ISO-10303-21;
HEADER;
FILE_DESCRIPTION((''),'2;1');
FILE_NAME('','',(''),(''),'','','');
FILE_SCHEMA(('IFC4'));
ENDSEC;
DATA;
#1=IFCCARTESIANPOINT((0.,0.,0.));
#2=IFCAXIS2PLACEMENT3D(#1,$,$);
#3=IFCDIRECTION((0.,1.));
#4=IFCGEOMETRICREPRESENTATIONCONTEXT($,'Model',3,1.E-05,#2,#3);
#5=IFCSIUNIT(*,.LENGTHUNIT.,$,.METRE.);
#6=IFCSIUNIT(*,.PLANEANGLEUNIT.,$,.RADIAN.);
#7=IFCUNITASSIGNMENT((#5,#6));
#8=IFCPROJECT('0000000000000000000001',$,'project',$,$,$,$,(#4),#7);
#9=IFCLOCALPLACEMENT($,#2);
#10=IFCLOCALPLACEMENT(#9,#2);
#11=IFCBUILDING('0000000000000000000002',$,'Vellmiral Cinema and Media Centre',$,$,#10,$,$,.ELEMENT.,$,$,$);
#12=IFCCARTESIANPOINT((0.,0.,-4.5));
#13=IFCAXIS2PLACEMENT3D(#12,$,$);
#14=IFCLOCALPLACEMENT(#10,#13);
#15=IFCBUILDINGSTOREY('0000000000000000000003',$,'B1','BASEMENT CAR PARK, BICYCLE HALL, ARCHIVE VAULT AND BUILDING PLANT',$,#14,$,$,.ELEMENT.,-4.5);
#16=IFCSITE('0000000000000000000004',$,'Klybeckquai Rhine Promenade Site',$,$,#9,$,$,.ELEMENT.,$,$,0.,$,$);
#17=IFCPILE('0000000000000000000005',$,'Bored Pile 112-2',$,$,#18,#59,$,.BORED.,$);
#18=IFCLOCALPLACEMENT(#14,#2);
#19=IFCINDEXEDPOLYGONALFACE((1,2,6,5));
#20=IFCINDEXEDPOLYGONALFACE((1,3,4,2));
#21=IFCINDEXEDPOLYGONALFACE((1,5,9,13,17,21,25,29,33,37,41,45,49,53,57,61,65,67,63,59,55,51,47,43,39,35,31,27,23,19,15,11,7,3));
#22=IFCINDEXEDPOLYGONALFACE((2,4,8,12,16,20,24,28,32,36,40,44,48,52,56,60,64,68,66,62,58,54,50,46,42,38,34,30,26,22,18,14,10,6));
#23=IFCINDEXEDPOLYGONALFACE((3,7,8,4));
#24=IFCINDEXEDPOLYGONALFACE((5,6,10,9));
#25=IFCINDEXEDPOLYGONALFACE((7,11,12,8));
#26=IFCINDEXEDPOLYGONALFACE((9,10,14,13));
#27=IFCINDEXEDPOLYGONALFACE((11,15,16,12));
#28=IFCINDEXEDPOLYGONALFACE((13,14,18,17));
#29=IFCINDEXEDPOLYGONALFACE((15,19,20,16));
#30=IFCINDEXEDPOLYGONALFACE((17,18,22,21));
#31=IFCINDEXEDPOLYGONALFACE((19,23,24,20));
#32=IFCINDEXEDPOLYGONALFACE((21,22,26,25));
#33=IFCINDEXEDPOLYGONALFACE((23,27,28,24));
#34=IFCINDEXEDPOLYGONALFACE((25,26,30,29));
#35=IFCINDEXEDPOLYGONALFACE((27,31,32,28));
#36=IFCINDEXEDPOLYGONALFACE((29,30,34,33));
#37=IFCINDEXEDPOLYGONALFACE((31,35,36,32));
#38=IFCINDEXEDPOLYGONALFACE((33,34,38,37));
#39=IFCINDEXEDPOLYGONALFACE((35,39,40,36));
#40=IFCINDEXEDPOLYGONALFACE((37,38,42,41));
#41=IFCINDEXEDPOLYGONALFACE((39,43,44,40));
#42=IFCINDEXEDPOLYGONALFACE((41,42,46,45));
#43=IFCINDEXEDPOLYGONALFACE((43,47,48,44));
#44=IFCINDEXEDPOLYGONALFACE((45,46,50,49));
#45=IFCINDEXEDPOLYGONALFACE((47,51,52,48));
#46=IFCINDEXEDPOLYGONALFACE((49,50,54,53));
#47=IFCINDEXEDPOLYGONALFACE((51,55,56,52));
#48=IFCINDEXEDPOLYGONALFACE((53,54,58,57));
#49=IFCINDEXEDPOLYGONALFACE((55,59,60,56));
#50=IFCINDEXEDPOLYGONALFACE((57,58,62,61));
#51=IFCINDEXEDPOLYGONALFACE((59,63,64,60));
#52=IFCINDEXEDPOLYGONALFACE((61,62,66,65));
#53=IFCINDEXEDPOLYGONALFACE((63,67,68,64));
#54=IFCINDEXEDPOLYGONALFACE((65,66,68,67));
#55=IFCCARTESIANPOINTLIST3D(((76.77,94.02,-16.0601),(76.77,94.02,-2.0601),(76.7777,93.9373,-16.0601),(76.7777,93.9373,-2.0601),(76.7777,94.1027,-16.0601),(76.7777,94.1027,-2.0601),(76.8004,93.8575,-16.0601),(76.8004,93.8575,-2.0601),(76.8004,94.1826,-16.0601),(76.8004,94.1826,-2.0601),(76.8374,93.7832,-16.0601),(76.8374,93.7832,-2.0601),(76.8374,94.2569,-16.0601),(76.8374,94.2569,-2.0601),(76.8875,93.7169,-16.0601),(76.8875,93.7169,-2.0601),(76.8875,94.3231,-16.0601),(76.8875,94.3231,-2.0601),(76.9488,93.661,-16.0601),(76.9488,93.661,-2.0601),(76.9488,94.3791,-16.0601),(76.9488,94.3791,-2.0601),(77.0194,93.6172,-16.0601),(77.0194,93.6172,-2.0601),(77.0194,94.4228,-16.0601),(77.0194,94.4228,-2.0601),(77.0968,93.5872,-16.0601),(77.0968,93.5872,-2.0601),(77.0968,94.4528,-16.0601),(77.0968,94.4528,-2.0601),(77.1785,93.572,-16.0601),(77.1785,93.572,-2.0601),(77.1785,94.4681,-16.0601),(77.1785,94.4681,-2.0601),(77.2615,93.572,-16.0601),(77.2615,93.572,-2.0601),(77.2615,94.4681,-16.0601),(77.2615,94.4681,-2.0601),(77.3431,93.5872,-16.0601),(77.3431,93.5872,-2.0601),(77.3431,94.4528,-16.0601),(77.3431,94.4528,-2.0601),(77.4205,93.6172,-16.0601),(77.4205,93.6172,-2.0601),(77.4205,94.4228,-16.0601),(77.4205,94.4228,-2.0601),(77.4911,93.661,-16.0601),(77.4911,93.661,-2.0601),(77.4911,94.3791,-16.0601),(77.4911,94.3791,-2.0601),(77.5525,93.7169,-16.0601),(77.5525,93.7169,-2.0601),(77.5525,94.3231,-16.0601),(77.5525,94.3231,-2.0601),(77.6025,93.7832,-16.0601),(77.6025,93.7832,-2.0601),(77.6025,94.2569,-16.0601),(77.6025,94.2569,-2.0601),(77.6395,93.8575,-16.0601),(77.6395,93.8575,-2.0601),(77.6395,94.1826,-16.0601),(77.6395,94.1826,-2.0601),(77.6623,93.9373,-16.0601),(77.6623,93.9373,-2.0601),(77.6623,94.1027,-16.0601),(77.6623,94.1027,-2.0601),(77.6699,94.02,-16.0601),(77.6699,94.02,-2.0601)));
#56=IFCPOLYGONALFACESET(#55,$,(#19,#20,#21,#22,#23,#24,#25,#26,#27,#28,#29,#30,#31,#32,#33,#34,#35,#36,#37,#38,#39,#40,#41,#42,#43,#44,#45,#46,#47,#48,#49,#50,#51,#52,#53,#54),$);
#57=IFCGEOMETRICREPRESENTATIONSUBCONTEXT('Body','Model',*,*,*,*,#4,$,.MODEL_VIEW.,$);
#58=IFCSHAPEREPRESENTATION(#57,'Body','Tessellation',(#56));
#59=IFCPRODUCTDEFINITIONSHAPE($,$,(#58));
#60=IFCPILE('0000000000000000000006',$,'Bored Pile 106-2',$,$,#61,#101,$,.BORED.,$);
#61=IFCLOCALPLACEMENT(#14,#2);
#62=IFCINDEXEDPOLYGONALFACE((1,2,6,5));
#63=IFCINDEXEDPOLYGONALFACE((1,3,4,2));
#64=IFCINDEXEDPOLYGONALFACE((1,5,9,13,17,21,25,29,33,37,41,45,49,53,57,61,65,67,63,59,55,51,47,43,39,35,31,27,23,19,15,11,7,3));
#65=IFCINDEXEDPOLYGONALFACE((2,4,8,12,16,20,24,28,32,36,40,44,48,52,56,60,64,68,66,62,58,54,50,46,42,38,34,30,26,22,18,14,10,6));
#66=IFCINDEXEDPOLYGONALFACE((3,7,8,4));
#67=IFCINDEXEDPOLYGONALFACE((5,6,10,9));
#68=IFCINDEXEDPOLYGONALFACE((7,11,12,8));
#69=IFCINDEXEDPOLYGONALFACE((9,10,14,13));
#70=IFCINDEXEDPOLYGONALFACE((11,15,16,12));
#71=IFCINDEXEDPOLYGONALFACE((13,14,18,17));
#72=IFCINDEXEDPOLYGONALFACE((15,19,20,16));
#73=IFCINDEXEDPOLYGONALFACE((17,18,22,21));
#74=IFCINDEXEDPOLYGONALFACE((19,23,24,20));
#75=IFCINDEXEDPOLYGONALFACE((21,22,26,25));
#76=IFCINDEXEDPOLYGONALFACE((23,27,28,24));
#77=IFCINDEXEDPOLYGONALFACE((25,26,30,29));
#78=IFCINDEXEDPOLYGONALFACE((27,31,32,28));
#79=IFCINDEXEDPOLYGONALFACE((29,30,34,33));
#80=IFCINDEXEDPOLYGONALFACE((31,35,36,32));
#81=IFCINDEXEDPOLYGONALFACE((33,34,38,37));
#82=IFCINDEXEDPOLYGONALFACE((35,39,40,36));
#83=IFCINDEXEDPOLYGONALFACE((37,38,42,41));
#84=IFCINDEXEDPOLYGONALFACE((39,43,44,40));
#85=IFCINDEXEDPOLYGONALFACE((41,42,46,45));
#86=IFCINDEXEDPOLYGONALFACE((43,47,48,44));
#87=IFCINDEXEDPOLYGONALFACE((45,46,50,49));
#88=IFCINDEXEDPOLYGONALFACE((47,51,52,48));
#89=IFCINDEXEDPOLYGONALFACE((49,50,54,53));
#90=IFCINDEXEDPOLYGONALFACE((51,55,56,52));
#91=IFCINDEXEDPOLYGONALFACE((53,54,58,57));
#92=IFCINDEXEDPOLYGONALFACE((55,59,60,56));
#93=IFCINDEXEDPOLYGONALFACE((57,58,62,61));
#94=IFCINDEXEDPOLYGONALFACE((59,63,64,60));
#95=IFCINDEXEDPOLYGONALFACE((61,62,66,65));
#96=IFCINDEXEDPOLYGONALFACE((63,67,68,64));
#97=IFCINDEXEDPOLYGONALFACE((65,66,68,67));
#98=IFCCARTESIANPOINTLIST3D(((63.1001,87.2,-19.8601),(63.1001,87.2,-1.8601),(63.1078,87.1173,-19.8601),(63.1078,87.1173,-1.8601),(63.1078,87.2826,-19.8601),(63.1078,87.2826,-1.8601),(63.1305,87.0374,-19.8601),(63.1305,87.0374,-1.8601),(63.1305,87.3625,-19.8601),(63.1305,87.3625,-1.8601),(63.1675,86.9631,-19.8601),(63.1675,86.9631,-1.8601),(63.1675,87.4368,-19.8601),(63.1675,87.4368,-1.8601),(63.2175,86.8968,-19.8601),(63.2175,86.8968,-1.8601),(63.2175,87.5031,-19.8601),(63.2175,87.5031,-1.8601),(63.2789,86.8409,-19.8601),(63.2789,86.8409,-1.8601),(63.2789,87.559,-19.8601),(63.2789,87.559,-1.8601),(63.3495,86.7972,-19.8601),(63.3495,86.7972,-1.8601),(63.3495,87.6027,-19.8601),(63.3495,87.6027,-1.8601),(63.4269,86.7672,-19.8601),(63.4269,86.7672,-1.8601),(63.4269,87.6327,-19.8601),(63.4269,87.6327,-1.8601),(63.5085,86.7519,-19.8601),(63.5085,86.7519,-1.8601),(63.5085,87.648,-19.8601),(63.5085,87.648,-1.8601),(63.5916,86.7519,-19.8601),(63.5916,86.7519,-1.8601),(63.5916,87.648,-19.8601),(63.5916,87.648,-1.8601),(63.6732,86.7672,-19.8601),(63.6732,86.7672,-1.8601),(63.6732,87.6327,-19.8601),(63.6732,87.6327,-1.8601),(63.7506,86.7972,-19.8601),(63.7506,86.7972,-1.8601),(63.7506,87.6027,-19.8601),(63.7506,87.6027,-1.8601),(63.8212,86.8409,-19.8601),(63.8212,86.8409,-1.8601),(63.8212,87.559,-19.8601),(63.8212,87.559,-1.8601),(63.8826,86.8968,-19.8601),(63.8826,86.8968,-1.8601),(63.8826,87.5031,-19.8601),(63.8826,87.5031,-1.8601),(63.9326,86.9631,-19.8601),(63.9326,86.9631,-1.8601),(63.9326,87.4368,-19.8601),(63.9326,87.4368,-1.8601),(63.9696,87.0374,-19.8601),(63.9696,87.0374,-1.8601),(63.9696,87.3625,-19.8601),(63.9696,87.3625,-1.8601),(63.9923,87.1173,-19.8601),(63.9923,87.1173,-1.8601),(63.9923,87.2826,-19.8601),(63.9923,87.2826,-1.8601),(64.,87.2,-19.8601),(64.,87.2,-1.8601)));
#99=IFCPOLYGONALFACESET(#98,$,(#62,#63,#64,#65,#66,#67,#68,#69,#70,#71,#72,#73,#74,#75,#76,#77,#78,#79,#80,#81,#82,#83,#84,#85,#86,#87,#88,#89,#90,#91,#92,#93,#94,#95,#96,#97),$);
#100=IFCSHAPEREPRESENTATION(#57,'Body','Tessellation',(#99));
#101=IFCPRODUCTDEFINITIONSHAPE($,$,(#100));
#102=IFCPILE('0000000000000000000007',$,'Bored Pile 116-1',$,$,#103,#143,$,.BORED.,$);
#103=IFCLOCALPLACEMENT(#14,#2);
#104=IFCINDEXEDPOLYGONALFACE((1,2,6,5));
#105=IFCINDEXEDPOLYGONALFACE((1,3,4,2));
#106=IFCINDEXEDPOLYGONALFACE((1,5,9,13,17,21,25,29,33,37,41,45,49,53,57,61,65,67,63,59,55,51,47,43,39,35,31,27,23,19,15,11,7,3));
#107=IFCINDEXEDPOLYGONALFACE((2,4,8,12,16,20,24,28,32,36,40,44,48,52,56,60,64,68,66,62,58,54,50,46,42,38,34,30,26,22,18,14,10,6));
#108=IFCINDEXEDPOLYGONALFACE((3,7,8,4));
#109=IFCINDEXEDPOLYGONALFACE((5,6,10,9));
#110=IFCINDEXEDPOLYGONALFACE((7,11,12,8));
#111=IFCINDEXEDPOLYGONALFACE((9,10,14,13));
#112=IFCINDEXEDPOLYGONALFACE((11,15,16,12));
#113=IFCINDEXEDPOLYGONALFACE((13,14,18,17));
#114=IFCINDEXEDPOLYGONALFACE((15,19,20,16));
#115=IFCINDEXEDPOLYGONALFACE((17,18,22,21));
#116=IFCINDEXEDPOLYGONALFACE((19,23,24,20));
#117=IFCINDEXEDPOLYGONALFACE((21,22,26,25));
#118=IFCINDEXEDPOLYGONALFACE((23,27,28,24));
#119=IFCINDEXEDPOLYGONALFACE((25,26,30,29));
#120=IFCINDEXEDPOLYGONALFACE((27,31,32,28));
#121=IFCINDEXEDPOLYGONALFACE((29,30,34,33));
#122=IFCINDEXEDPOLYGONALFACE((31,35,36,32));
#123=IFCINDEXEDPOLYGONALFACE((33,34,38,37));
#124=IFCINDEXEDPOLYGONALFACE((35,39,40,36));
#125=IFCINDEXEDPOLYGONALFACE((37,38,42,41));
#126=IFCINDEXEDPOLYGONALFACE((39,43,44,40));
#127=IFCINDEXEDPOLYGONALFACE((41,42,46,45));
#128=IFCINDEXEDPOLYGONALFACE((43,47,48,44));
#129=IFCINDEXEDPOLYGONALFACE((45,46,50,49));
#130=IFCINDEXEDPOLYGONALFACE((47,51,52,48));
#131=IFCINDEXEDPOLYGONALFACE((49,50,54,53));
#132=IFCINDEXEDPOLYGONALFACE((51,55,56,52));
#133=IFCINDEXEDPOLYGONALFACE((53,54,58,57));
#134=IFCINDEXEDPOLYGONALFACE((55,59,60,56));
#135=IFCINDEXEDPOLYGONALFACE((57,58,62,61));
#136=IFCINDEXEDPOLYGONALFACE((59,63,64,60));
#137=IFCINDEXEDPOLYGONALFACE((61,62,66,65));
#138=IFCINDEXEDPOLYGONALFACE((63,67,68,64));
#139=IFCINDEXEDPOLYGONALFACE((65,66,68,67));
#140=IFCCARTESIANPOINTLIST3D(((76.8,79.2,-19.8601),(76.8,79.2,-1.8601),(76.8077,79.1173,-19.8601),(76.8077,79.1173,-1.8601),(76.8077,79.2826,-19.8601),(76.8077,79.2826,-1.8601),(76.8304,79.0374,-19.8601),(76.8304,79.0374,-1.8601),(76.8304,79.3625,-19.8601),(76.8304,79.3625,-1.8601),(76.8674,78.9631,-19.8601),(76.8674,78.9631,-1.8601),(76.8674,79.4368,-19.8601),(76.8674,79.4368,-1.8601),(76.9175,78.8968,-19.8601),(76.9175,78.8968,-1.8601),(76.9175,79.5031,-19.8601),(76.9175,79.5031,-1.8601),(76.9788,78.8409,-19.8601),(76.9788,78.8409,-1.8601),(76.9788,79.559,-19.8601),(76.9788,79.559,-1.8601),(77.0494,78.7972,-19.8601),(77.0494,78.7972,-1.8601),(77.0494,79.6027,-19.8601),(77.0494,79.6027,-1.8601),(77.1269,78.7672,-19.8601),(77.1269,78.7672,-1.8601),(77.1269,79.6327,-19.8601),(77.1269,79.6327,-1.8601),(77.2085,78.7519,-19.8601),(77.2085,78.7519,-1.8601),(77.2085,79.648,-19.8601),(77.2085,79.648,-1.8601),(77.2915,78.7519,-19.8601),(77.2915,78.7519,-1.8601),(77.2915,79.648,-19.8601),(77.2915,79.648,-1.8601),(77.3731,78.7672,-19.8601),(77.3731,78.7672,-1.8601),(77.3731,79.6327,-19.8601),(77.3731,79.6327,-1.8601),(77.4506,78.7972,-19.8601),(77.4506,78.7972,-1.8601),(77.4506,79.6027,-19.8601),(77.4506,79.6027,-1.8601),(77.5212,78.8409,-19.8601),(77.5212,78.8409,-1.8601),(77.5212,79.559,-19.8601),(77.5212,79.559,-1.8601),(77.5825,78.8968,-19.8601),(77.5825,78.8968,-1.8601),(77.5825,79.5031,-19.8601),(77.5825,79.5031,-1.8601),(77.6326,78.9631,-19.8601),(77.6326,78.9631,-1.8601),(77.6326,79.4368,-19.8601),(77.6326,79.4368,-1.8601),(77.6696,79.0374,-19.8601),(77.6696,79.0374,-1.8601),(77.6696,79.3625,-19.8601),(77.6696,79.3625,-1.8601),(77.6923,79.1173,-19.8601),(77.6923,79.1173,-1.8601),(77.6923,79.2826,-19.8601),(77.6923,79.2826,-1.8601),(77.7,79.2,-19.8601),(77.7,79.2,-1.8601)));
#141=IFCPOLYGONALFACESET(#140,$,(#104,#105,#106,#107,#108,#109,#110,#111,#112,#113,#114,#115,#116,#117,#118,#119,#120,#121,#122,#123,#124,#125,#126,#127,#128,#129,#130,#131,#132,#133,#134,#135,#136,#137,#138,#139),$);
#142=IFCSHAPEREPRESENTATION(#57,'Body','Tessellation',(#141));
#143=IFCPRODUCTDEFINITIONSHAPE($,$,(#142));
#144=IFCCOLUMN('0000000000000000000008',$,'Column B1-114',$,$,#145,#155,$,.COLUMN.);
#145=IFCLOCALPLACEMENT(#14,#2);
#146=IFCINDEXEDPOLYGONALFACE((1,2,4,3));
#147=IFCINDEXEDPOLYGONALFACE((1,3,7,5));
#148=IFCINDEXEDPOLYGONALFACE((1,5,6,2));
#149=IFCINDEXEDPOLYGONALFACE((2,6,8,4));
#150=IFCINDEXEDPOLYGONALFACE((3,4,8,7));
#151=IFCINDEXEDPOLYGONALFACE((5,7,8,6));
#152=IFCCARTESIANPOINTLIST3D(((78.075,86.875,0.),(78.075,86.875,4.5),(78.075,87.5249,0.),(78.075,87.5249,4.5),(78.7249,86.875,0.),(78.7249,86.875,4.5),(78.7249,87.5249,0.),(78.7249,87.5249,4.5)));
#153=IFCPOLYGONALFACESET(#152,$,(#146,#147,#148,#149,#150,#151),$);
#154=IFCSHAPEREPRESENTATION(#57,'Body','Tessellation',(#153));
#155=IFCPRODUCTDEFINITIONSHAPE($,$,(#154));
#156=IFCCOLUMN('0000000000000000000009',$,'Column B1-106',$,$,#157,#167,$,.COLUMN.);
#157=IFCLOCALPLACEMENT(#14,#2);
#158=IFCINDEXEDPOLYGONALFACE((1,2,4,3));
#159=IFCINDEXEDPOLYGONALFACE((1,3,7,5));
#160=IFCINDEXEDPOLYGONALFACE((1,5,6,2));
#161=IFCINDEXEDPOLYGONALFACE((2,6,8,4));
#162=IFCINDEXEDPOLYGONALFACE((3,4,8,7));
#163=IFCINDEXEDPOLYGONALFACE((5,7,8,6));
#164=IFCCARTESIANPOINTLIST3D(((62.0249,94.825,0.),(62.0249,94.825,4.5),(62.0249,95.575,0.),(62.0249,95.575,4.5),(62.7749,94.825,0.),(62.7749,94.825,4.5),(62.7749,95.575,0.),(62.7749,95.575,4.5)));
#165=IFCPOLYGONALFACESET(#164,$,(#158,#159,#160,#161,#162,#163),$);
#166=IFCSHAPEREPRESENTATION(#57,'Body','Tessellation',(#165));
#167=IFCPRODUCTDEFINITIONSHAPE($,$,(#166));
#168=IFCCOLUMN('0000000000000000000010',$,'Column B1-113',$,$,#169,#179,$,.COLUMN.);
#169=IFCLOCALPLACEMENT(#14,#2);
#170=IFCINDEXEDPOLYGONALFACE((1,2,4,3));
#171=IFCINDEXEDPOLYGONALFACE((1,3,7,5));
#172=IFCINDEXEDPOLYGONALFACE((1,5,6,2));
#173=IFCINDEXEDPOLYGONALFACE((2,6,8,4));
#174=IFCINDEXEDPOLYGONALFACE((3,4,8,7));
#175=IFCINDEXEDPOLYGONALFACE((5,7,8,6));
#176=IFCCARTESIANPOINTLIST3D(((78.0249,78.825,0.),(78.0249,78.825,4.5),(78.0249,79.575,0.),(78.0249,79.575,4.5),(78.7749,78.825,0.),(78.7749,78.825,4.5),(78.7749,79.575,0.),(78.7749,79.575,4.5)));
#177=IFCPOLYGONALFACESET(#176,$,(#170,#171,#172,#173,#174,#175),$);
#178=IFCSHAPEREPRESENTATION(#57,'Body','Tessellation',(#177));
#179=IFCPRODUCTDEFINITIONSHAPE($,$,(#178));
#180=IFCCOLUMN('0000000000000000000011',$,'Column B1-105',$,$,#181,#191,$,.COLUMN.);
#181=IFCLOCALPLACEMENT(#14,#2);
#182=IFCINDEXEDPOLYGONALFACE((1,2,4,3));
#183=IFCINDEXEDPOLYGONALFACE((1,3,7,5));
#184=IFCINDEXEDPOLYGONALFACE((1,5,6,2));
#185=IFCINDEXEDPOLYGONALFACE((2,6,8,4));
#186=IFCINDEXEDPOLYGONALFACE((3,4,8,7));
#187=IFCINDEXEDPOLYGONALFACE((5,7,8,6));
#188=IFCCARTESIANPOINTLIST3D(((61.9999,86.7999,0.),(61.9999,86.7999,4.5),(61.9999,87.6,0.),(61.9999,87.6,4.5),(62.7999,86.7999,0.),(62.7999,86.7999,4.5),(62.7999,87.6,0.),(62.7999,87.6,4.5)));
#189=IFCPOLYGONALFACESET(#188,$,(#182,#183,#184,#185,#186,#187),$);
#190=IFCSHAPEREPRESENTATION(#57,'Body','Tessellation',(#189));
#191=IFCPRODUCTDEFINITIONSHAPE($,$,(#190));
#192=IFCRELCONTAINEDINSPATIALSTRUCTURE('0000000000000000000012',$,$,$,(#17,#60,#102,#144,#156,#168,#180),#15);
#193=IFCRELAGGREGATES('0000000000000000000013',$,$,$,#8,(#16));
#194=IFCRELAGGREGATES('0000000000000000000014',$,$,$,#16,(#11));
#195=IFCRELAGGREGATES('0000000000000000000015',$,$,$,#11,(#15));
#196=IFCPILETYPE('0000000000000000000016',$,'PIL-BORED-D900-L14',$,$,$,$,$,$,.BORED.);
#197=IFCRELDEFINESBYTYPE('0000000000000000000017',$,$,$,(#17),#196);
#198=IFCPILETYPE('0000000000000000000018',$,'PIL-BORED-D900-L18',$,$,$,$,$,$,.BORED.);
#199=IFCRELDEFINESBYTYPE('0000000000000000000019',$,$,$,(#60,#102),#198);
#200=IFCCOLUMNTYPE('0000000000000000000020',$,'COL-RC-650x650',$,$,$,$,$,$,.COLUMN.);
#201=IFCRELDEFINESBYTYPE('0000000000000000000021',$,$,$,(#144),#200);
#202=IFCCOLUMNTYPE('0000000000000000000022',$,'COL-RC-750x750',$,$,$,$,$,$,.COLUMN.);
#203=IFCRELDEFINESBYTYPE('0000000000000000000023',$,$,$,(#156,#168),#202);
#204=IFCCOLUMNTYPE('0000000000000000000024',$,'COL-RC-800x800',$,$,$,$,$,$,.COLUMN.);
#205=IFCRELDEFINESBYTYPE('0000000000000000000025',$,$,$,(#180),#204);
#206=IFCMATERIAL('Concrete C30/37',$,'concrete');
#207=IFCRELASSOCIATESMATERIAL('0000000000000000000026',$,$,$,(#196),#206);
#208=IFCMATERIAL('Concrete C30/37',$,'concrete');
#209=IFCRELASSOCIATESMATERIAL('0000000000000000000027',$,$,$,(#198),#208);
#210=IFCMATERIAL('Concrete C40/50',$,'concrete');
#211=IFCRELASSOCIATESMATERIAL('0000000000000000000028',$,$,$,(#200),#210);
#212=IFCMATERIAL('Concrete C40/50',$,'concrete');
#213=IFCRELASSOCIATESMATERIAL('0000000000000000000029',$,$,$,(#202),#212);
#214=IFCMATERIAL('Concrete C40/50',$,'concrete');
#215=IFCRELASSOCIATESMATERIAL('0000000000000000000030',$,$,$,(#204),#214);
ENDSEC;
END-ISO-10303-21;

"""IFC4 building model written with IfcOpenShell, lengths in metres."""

from ifc_helpers import new_model, si_unit, direction, frame, origin, origin_2d, place, context, subcontext, project, spatial, rectangle, circle, extrude, material, material_profile, profile_set, type_object, element, save


model = new_model("IFC4")

# Units and contexts
model_context = context("Model", 3, precision=1e-05, world=origin(), true_north=direction((0.0, 1.0)))
body_context = subcontext(model_context, "Body", "Model", "MODEL_VIEW")
ifc_project = project(units=[si_unit("LENGTHUNIT", "METRE"), si_unit("PLANEANGLEUNIT", "RADIAN")], contexts=[model_context])

# Site, building, storey
site_placement = place(None, origin())
site = spatial("IfcSite", under=ifc_project, at=site_placement, Name="Klybeckquai Rhine Promenade Site", CompositionType="ELEMENT", RefElevation=0.0)
building_placement = place(site_placement, origin())
building = spatial("IfcBuilding", under=site, at=building_placement, Name="Vellmiral Cinema and Media Centre", CompositionType="ELEMENT")
storey_placement = place(building_placement, frame((0.0, 0.0, -4.5)))
storey = spatial("IfcBuildingStorey", under=building, at=storey_placement, Name="B1", Description="BASEMENT CAR PARK, BICYCLE HALL, ARCHIVE VAULT AND BUILDING PLANT", CompositionType="ELEMENT", Elevation=-4.5)

# Piles
ifc_material_1 = material(Name="Concrete C30/37", Category="concrete")
ifc_material_profile_1 = material_profile(ifc_material_1, circle(Radius=0.45, at=origin_2d()), Name="PILE D900")
ifc_profile_set_1 = profile_set([ifc_material_profile_1], Name="Concrete C30/37")
pile_type_1 = type_object("IfcPileType", Name="PIL-BORED-D900-L14", PredefinedType="BORED", material=ifc_profile_set_1)
pile_placement = place(storey_placement, frame((77.22, 94.02, -2.0601), z_axis=(0.0, 0.0, -1.0), x_axis=(1.0, 0.0, 0.0)))
element("IfcPile", 1, at=pile_placement, inside=storey, type_object=pile_type_1, Name="Bored Pile 112-2", PredefinedType="BORED", context=body_context, shape_type="SweptSolid", body=[
    extrude(circle(Radius=0.45, at=origin_2d()), origin(), (0.0, 0.0, 1.0), 14.0),
])
ifc_material_2 = material(Name="Concrete C30/37", Category="concrete")
ifc_material_profile_2 = material_profile(ifc_material_2, circle(Radius=0.45, at=origin_2d()), Name="PILE D900")
ifc_profile_set_2 = profile_set([ifc_material_profile_2], Name="Concrete C30/37")
pile_type_2 = type_object("IfcPileType", Name="PIL-BORED-D900-L18", PredefinedType="BORED", material=ifc_profile_set_2)
for number, where, z_axis, x_axis, name in (
    (2, (63.55, 87.2, -1.8601), (0.0, 0.0, -1.0), (1.0, 0.0, 0.0), "Bored Pile 106-2"),
    (3, (77.25, 79.2, -1.8601), (0.0, 0.0, -1.0), (1.0, 0.0, 0.0), "Bored Pile 116-1"),
):
    element("IfcPile", number, at=place(storey_placement, frame(where, z_axis=z_axis, x_axis=x_axis)), inside=storey, type_object=pile_type_2, Name=name, PredefinedType="BORED", context=body_context, shape_type="SweptSolid", body=[
        extrude(circle(Radius=0.45, at=origin_2d()), origin(), (0.0, 0.0, 1.0), 18.0),
    ])

# Columns
ifc_material_3 = material(Name="Concrete C40/50", Category="concrete")
ifc_material_profile_3 = material_profile(ifc_material_3, rectangle(XDim=0.6499, YDim=0.6499, at=origin_2d()), Name="RC 650x650")
ifc_profile_set_3 = profile_set([ifc_material_profile_3], Name="Concrete C40/50")
column_type_1 = type_object("IfcColumnType", Name="COL-RC-650x650", PredefinedType="COLUMN", material=ifc_profile_set_3)
column_1_placement = place(storey_placement, frame((78.3999, 87.2, 0.0), z_axis=(0.0, 0.0, 1.0), x_axis=(1.0, 0.0, 0.0)))
element("IfcColumn", 4, at=column_1_placement, inside=storey, type_object=column_type_1, Name="Column B1-114", PredefinedType="COLUMN", context=body_context, shape_type="SweptSolid", body=[
    extrude(rectangle(XDim=0.6499, YDim=0.6499, at=origin_2d()), origin(), (0.0, 0.0, 1.0), 4.5),
])
ifc_material_4 = material(Name="Concrete C40/50", Category="concrete")
ifc_material_profile_4 = material_profile(ifc_material_4, rectangle(XDim=0.75, YDim=0.75, at=origin_2d()), Name="RC 750x750")
ifc_profile_set_4 = profile_set([ifc_material_profile_4], Name="Concrete C40/50")
column_type_2 = type_object("IfcColumnType", Name="COL-RC-750x750", PredefinedType="COLUMN", material=ifc_profile_set_4)
for number, where, z_axis, x_axis, name in (
    (5, (62.3999, 95.2, 0.0), (0.0, 0.0, 1.0), (1.0, 0.0, 0.0), "Column B1-106"),
    (6, (78.3999, 79.2, 0.0), (0.0, 0.0, 1.0), (1.0, 0.0, 0.0), "Column B1-113"),
):
    element("IfcColumn", number, at=place(storey_placement, frame(where, z_axis=z_axis, x_axis=x_axis)), inside=storey, type_object=column_type_2, Name=name, PredefinedType="COLUMN", context=body_context, shape_type="SweptSolid", body=[
        extrude(rectangle(XDim=0.75, YDim=0.75, at=origin_2d()), origin(), (0.0, 0.0, 1.0), 4.5),
    ])
ifc_material_5 = material(Name="Concrete C40/50", Category="concrete")
ifc_material_profile_5 = material_profile(ifc_material_5, rectangle(XDim=0.8, YDim=0.8, at=origin_2d()), Name="RC 800x800")
ifc_profile_set_5 = profile_set([ifc_material_profile_5], Name="Concrete C40/50")
column_type_3 = type_object("IfcColumnType", Name="COL-RC-800x800", PredefinedType="COLUMN", material=ifc_profile_set_5)
column_2_placement = place(storey_placement, frame((62.3999, 87.2, 0.0), z_axis=(0.0, 0.0, 1.0), x_axis=(1.0, 0.0, 0.0)))
element("IfcColumn", 7, at=column_2_placement, inside=storey, type_object=column_type_3, Name="Column B1-105", PredefinedType="COLUMN", context=body_context, shape_type="SweptSolid", body=[
    extrude(rectangle(XDim=0.8, YDim=0.8, at=origin_2d()), origin(), (0.0, 0.0, 1.0), 4.5),
])

save(model, "model.ifc")
